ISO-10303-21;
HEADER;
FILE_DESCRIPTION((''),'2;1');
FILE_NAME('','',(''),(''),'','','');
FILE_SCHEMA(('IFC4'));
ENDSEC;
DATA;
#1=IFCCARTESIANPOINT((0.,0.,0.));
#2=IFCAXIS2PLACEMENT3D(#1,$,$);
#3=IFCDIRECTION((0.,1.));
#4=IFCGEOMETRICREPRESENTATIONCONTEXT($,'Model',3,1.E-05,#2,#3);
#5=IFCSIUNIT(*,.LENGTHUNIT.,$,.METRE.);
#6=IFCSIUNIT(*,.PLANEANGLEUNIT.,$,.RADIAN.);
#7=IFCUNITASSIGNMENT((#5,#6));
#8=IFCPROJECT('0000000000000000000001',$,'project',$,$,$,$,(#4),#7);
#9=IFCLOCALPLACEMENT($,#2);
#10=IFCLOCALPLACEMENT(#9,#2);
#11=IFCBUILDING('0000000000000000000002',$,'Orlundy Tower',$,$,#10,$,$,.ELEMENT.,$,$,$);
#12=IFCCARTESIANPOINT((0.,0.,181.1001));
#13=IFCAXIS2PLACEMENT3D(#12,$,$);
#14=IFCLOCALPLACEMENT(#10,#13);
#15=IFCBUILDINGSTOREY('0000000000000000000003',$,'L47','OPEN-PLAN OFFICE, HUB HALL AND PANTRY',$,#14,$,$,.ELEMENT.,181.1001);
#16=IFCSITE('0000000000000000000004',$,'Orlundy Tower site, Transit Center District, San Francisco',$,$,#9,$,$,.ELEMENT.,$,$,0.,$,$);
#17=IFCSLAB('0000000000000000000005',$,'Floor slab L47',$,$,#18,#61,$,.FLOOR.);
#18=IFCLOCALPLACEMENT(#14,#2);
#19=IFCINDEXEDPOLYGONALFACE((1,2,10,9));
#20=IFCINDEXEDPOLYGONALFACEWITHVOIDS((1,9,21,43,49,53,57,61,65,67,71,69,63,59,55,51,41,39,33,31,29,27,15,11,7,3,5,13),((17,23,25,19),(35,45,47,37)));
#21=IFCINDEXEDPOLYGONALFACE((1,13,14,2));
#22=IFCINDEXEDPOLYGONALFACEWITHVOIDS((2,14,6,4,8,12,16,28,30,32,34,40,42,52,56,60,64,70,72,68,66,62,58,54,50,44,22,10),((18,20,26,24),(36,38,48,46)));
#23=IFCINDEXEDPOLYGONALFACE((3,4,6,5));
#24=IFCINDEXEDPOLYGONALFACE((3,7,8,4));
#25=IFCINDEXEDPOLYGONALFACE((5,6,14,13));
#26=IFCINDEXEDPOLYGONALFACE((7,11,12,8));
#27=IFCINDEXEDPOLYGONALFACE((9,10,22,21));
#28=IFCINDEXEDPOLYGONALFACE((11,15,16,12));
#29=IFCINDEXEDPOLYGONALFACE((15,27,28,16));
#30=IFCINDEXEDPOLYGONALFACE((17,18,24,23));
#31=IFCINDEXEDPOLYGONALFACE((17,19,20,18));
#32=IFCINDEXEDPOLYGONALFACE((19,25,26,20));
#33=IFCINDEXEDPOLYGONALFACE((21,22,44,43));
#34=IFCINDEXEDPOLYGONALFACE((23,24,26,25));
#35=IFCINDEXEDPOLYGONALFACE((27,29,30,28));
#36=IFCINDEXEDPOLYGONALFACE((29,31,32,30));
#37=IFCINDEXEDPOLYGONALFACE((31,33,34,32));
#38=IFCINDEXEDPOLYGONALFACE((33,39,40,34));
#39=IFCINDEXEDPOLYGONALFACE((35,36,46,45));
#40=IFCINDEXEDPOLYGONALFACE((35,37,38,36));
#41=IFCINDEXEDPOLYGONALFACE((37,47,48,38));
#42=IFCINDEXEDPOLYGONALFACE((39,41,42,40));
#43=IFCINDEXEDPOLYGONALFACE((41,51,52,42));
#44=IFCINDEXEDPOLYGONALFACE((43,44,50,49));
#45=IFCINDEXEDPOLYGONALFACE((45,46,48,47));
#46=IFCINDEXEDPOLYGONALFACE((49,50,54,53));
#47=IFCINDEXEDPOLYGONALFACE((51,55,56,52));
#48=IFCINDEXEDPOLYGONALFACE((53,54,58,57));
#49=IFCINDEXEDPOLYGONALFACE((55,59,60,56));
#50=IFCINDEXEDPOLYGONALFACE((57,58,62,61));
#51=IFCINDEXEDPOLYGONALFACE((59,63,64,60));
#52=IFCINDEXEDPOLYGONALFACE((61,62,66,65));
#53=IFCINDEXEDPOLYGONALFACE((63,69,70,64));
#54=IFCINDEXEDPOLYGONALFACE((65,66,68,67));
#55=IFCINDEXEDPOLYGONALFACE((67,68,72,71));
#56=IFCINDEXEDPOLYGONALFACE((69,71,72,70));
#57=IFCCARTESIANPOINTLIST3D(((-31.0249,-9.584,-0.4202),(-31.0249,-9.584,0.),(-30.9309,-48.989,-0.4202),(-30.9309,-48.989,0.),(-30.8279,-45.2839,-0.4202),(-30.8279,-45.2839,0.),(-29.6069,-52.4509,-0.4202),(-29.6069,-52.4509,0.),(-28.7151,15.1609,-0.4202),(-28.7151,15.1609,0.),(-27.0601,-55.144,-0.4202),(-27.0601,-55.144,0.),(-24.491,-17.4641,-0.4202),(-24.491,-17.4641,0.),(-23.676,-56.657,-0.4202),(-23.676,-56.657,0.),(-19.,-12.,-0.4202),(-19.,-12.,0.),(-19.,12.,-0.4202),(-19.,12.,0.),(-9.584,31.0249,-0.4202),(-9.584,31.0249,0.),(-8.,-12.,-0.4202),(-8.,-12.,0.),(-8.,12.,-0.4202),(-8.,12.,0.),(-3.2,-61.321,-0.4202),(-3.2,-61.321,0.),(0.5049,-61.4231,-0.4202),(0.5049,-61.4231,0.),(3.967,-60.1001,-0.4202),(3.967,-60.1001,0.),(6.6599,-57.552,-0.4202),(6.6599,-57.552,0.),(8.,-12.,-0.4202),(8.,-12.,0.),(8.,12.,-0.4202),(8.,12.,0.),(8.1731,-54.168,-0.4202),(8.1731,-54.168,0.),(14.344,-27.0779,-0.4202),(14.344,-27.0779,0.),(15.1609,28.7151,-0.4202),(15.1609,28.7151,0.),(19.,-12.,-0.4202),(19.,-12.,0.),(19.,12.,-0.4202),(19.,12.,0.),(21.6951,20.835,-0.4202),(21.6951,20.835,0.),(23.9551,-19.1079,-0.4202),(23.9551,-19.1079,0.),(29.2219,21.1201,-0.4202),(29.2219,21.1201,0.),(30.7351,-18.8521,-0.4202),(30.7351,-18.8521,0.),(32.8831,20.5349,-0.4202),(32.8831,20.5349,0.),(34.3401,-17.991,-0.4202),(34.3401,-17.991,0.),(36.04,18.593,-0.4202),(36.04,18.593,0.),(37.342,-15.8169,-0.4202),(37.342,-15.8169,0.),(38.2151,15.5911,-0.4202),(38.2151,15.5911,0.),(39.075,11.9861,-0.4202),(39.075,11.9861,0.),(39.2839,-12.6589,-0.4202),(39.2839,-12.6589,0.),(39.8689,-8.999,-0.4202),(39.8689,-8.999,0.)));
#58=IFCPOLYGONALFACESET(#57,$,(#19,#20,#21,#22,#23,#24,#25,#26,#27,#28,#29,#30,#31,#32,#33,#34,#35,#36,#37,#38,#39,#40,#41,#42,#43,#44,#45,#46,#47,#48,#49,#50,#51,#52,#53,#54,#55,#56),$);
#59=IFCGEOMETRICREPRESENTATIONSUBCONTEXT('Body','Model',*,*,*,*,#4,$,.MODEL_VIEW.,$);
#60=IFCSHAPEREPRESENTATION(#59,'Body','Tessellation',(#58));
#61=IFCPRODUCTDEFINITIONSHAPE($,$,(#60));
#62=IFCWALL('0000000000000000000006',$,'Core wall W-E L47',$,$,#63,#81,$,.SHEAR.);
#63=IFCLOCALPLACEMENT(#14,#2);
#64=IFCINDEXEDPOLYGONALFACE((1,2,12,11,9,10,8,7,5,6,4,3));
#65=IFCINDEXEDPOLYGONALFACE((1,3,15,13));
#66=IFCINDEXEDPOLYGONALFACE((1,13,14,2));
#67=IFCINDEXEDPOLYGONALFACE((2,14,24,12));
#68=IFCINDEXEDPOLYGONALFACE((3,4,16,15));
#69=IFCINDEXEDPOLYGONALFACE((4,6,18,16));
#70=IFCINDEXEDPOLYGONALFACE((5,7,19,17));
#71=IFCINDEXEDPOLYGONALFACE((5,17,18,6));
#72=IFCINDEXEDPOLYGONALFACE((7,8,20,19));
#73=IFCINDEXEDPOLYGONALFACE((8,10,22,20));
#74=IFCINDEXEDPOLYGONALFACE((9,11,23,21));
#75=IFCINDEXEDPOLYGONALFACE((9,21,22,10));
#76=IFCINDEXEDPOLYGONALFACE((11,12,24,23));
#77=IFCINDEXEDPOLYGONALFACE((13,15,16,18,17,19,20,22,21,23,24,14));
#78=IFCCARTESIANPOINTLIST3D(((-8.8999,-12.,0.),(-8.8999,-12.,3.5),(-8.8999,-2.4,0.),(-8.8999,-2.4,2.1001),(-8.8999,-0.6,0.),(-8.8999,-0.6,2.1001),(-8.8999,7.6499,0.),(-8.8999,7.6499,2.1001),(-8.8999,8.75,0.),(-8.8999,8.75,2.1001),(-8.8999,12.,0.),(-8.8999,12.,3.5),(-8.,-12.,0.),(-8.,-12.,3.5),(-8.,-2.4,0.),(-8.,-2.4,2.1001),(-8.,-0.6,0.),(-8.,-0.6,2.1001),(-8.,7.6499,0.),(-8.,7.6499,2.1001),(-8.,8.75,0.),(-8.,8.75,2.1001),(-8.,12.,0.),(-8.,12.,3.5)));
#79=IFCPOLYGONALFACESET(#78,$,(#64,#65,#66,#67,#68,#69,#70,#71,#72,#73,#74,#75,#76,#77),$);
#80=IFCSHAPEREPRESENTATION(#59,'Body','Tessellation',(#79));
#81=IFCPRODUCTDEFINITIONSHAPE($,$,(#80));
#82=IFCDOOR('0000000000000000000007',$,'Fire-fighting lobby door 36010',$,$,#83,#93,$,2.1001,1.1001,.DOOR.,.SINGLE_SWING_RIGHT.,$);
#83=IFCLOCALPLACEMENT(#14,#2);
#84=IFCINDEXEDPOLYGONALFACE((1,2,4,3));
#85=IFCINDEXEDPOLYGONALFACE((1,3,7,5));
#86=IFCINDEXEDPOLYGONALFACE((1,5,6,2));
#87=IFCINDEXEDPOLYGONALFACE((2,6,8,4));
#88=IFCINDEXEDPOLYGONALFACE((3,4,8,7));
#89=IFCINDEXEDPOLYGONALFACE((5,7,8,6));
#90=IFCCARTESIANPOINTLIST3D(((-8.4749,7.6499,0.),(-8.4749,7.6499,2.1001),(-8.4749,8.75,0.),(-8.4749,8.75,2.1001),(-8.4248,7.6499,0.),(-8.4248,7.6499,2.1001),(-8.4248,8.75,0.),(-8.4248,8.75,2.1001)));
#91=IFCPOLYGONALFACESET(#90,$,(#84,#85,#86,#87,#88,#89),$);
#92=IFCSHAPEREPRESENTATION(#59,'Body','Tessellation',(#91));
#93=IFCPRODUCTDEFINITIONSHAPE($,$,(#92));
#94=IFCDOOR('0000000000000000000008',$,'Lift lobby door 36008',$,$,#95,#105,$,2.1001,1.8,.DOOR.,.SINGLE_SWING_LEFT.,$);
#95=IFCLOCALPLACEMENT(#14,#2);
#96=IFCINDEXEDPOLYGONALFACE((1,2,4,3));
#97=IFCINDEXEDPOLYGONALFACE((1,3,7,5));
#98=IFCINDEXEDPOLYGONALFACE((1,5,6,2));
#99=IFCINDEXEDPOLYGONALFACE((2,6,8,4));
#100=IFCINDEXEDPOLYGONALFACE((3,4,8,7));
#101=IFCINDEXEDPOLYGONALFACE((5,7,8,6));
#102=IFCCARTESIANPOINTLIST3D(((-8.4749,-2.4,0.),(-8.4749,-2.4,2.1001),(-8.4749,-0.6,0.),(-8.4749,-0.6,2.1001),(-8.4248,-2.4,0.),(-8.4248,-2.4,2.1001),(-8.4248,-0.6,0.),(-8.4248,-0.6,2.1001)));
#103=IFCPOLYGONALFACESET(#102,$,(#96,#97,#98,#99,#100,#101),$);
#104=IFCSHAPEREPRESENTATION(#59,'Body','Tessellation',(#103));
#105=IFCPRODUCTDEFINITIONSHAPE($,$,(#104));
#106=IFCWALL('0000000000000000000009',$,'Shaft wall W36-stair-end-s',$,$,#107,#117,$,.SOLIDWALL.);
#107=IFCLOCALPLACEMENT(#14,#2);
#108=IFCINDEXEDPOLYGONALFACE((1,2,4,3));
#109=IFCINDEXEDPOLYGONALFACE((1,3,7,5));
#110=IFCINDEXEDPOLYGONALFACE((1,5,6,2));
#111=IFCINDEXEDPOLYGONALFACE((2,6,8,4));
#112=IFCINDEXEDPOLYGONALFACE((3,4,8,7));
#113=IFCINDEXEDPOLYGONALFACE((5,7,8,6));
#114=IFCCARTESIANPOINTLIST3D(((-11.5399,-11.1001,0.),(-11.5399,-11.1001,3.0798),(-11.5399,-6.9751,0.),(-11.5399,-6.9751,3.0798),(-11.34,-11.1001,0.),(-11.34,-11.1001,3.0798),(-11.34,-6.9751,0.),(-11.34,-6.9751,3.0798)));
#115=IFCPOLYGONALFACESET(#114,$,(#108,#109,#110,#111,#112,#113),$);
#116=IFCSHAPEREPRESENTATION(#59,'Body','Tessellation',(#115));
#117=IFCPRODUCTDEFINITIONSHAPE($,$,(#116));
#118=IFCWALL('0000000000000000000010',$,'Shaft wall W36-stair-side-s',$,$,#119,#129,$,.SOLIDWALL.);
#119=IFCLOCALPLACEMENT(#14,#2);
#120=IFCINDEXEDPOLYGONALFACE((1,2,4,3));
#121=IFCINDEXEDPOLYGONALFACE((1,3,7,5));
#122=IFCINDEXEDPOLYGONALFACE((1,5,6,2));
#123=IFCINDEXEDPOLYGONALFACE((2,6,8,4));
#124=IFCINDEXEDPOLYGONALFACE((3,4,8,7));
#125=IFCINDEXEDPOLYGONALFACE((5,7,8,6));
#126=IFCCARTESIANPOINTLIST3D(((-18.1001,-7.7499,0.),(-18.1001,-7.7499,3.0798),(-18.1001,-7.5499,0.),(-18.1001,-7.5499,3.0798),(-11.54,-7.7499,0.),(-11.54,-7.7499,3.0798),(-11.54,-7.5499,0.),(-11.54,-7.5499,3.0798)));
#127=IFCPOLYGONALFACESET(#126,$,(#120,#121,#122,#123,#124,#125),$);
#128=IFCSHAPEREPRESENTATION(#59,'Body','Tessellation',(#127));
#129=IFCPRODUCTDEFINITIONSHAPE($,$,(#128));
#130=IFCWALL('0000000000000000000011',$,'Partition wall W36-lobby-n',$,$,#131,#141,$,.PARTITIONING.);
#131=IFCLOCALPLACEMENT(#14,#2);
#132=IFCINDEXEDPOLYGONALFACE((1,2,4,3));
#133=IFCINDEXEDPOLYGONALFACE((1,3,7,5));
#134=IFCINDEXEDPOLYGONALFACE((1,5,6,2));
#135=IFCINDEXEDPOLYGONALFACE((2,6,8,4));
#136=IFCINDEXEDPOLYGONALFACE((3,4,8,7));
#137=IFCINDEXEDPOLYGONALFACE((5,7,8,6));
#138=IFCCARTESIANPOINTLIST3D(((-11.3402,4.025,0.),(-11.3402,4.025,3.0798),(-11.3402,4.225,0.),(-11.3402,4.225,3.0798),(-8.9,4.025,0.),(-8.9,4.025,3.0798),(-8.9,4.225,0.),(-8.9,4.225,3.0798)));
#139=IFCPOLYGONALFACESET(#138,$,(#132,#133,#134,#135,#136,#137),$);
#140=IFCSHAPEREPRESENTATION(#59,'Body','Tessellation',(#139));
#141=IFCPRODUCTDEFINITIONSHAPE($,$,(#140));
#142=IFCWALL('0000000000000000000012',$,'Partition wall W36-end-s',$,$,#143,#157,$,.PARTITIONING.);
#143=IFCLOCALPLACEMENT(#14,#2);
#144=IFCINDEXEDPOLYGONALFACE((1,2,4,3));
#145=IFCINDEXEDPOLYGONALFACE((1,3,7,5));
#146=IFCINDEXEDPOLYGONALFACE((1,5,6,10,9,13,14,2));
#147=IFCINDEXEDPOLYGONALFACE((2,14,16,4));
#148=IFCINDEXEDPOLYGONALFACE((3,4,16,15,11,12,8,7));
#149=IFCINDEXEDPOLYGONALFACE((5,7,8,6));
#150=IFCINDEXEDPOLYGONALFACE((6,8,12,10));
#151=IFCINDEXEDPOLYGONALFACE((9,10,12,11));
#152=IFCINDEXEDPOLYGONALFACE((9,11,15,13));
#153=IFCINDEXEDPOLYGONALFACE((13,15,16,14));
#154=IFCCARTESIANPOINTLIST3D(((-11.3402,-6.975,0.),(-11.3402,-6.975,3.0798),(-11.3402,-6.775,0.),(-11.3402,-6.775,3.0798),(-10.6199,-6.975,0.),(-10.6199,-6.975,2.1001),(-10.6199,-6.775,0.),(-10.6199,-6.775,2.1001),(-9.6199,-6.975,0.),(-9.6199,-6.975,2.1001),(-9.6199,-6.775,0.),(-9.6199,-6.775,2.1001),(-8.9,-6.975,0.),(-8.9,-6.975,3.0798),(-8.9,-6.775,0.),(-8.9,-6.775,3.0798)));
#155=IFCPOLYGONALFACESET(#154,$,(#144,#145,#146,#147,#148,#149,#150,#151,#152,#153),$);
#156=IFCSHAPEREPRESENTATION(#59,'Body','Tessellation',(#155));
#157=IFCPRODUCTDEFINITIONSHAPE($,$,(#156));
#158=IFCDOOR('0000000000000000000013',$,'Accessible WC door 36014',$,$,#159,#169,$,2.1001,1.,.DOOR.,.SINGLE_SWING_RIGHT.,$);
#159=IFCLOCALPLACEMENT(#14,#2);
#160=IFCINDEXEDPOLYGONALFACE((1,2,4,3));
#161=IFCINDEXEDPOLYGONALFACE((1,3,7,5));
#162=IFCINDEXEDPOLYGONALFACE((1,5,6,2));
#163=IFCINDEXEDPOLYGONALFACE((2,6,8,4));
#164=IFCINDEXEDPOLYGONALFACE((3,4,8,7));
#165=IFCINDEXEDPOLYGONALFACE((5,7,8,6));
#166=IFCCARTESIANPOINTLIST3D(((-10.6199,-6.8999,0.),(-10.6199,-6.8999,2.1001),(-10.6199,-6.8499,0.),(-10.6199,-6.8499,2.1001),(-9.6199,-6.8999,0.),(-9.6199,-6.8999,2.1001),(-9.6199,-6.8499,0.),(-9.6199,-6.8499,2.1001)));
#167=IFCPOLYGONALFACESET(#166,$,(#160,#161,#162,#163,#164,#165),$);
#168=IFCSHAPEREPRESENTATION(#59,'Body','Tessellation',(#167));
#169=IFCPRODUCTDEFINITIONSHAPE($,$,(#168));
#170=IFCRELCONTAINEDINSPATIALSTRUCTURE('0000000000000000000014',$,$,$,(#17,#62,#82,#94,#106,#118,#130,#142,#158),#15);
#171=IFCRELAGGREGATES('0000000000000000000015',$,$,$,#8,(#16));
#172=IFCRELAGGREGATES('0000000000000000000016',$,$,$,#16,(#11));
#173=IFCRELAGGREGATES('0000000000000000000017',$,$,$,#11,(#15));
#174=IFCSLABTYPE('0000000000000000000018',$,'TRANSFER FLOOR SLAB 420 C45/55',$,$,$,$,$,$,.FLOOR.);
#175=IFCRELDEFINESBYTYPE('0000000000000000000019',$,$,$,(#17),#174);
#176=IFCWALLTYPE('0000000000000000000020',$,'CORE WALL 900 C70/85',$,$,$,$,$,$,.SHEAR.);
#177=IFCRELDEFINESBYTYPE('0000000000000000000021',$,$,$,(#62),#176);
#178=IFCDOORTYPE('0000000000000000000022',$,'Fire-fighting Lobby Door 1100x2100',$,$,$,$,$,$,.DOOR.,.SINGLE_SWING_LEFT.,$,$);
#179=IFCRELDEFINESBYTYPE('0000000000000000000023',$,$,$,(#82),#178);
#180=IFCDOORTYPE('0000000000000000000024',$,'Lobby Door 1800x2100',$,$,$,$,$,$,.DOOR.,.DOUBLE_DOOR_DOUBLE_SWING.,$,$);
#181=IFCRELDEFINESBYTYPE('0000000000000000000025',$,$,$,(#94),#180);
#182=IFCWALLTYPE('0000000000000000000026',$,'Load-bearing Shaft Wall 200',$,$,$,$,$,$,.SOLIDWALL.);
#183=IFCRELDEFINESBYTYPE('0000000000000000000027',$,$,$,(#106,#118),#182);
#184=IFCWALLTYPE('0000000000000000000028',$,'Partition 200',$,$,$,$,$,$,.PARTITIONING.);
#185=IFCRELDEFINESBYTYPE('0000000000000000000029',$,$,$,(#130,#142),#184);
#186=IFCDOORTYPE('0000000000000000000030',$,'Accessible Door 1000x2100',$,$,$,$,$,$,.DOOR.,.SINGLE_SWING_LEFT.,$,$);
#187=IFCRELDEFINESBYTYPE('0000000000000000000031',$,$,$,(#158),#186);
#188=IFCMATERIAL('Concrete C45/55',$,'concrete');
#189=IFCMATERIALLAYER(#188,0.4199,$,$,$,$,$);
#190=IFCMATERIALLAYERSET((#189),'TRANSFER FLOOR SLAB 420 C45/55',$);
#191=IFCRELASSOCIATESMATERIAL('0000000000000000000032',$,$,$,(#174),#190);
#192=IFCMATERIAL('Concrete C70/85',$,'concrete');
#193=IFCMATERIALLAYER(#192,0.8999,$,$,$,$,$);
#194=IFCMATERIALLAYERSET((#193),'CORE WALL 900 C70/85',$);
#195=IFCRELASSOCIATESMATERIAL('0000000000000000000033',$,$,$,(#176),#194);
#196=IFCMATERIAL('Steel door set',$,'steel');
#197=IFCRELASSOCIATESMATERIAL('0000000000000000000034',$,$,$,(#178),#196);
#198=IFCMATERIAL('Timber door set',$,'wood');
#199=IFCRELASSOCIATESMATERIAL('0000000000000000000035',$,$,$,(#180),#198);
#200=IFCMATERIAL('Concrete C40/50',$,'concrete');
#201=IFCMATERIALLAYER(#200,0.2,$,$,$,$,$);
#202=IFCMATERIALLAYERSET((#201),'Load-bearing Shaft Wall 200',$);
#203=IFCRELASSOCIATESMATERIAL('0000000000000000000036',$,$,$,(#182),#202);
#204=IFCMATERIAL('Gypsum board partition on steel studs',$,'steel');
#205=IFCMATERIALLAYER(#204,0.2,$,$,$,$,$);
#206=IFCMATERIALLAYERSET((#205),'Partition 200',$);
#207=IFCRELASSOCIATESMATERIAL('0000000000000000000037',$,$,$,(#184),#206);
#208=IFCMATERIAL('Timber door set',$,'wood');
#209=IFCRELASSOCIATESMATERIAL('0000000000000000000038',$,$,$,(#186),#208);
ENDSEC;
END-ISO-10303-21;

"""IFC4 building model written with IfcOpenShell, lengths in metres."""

from ifc_helpers import new_model, si_unit, direction, frame, frame_2d, origin, place, context, subcontext, project, spatial, polyline, rectangle, outline, extrude, material, layer, layer_set, type_object, element, fill, save


model = new_model("IFC4")

# Units and contexts
model_context = context("Model", 3, precision=1e-05, world=origin(), true_north=direction((0.0, 1.0)))
body_context = subcontext(model_context, "Body", "Model", "MODEL_VIEW")
ifc_project = project(units=[si_unit("LENGTHUNIT", "METRE"), si_unit("PLANEANGLEUNIT", "RADIAN")], contexts=[model_context])

# Site, building, storey
site_placement = place(None, origin())
site = spatial("IfcSite", under=ifc_project, at=site_placement, Name="Orlundy Tower site, Transit Center District, San Francisco", CompositionType="ELEMENT", RefElevation=0.0)
building_placement = place(site_placement, origin())
building = spatial("IfcBuilding", under=site, at=building_placement, Name="Orlundy Tower", CompositionType="ELEMENT")
storey_placement = place(building_placement, frame((0.0, 0.0, 181.1001)))
storey = spatial("IfcBuildingStorey", under=building, at=storey_placement, Name="L47", Description="OPEN-PLAN OFFICE, HUB HALL AND PANTRY", CompositionType="ELEMENT", Elevation=181.1001)

# Slab
ifc_material_1 = material(Name="Concrete C45/55", Category="concrete")
ifc_layer_1 = layer(ifc_material_1, 0.4199)
ifc_layer_set_1 = layer_set([ifc_layer_1], Name="TRANSFER FLOOR SLAB 420 C45/55")
slab_type_1 = type_object("IfcSlabType", Name="TRANSFER FLOOR SLAB 420 C45/55", PredefinedType="FLOOR", material=ifc_layer_set_1)
slab_1_placement = place(storey_placement, frame((0.0, 0.0, -0.4202)))
element("IfcSlab", 1, at=slab_1_placement, inside=storey, type_object=slab_type_1, Name="Floor slab L47", PredefinedType="FLOOR", context=body_context, shape_type="SweptSolid", body=[
    extrude(outline(polyline([(-24.491, -17.4641), (-31.0249, -9.584), (-28.7151, 15.1609), (-9.584, 31.0249), (15.1609, 28.7151), (21.6951, 20.835), (29.2219, 21.1201), (32.8831, 20.5349), (36.04, 18.593), (38.2151, 15.5911), (39.075, 11.9861), (39.8689, -8.999), (39.2839, -12.6589), (37.342, -15.8169), (34.3401, -17.991), (30.7351, -18.8521), (23.9551, -19.1079), (14.344, -27.0779), (8.1731, -54.168), (6.6599, -57.552), (3.967, -60.1001), (0.5049, -61.4231), (-3.2, -61.321), (-23.676, -56.657), (-27.0601, -55.144), (-29.6069, -52.4509), (-30.9309, -48.989), (-30.8279, -45.2839), (-24.491, -17.4641)]), holes=[polyline([(-8.0, -12.0), (-8.0, 12.0), (-19.0, 12.0), (-19.0, -12.0), (-8.0, -12.0)]), polyline([(19.0, -12.0), (19.0, 12.0), (8.0, 12.0), (8.0, -12.0), (19.0, -12.0)])]), origin(), (0.0, 0.0, 1.0), 0.4202),
])

# Wall, openings, doors
ifc_material_2 = material(Name="Concrete C70/85", Category="concrete")
ifc_layer_2 = layer(ifc_material_2, 0.8999)
ifc_layer_set_2 = layer_set([ifc_layer_2], Name="CORE WALL 900 C70/85")
wall_type_1 = type_object("IfcWallType", Name="CORE WALL 900 C70/85", PredefinedType="SHEAR", material=ifc_layer_set_2)
wall_1_placement = place(storey_placement, frame((-8.45, -12.0, 0.0), z_axis=(0.0, 0.0, 1.0), x_axis=(0.0, 1.0, 0.0)))
wall_1 = element("IfcWall", 2, at=wall_1_placement, inside=storey, type_object=wall_type_1, Name="Core wall W-E L47", PredefinedType="SHEAR", context=body_context, shape_type="SweptSolid", body=[
    extrude(rectangle(XDim=24.0, YDim=0.8999, at=frame_2d((12.0, 0.0))), origin(), (0.0, 0.0, 1.0), 3.5),
])
opening_1_placement = place(wall_1_placement, frame((9.6001, 0.0, 0.0)))
opening_1 = element("IfcOpeningElement", 3, at=opening_1_placement, cuts=wall_1, PredefinedType="OPENING", context=body_context, shape_type="SweptSolid", body=[
    extrude(rectangle(XDim=1.8, YDim=2.1001, at=frame_2d((0.8999, 1.05))), frame((0.0, 0.46, 0.0), z_axis=(0.0, -1.0, 0.0), x_axis=(1.0, 0.0, 0.0)), (0.0, 0.0, 1.0), 0.9199),
])
opening_2_placement = place(wall_1_placement, frame((19.6499, 0.0, 0.0)))
opening_2 = element("IfcOpeningElement", 4, at=opening_2_placement, cuts=wall_1, PredefinedType="OPENING", context=body_context, shape_type="SweptSolid", body=[
    extrude(rectangle(XDim=1.1001, YDim=2.1001, at=frame_2d((0.55, 1.05))), frame((0.0, 0.46, 0.0), z_axis=(0.0, -1.0, 0.0), x_axis=(1.0, 0.0, 0.0)), (0.0, 0.0, 1.0), 0.9199),
])
ifc_material_3 = material(Name="Steel door set", Category="steel")
door_type_1 = type_object("IfcDoorType", Name="Fire-fighting Lobby Door 1100x2100", OperationType="SINGLE_SWING_LEFT", PredefinedType="DOOR", material=ifc_material_3)
door_1_placement = place(opening_2_placement, origin())
door_1 = element("IfcDoor", 5, at=door_1_placement, inside=storey, type_object=door_type_1, Name="Fire-fighting lobby door 36010", OperationType="SINGLE_SWING_RIGHT", OverallHeight=2.1001, OverallWidth=1.1001, PredefinedType="DOOR", context=body_context, shape_type="SweptSolid", body=[
    extrude(rectangle(XDim=1.1001, YDim=2.1001, at=frame_2d((0.55, 1.05))), frame((0.0, 0.0249, 0.0), z_axis=(0.0, -1.0, 0.0), x_axis=(1.0, 0.0, 0.0)), (0.0, 0.0, 1.0), 0.05),
])
fill(opening_2, door_1)
ifc_material_4 = material(Name="Timber door set", Category="wood")
door_type_2 = type_object("IfcDoorType", Name="Lobby Door 1800x2100", OperationType="DOUBLE_DOOR_DOUBLE_SWING", PredefinedType="DOOR", material=ifc_material_4)
door_2_placement = place(opening_1_placement, origin())
door_2 = element("IfcDoor", 6, at=door_2_placement, inside=storey, type_object=door_type_2, Name="Lift lobby door 36008", OperationType="SINGLE_SWING_LEFT", OverallHeight=2.1001, OverallWidth=1.8, PredefinedType="DOOR", context=body_context, shape_type="SweptSolid", body=[
    extrude(rectangle(XDim=1.8, YDim=2.1001, at=frame_2d((0.8999, 1.05))), frame((0.0, 0.0249, 0.0), z_axis=(0.0, -1.0, 0.0), x_axis=(1.0, 0.0, 0.0)), (0.0, 0.0, 1.0), 0.05),
])
fill(opening_1, door_2)

# Walls
ifc_material_5 = material(Name="Concrete C40/50", Category="concrete")
ifc_layer_3 = layer(ifc_material_5, 0.2)
ifc_layer_set_3 = layer_set([ifc_layer_3], Name="Load-bearing Shaft Wall 200")
wall_type_2 = type_object("IfcWallType", Name="Load-bearing Shaft Wall 200", PredefinedType="SOLIDWALL", material=ifc_layer_set_3)
wall_2_placement = place(storey_placement, frame((-11.4399, -11.1001, 0.0), z_axis=(0.0, 0.0, 1.0), x_axis=(0.0, 1.0, 0.0)))
element("IfcWall", 7, at=wall_2_placement, inside=storey, type_object=wall_type_2, Name="Shaft wall W36-stair-end-s", PredefinedType="SOLIDWALL", context=body_context, shape_type="SweptSolid", body=[
    extrude(rectangle(XDim=4.125, YDim=0.2, at=frame_2d((2.0625, 0.0))), origin(), (0.0, 0.0, 1.0), 3.0798),
])
wall_3_placement = place(storey_placement, frame((-11.54, -7.6499, 0.0), z_axis=(0.0, 0.0, 1.0), x_axis=(-1.0, 0.0, 0.0)))
element("IfcWall", 8, at=wall_3_placement, inside=storey, type_object=wall_type_2, Name="Shaft wall W36-stair-side-s", PredefinedType="SOLIDWALL", context=body_context, shape_type="SweptSolid", body=[
    extrude(rectangle(XDim=6.5601, YDim=0.2, at=frame_2d((3.28, 0.0))), origin(), (0.0, 0.0, 1.0), 3.0798),
])
ifc_material_6 = material(Name="Gypsum board partition on steel studs", Category="steel")
ifc_layer_4 = layer(ifc_material_6, 0.2)
ifc_layer_set_4 = layer_set([ifc_layer_4], Name="Partition 200")
wall_type_3 = type_object("IfcWallType", Name="Partition 200", PredefinedType="PARTITIONING", material=ifc_layer_set_4)
wall_4_placement = place(storey_placement, frame((-8.8999, 4.125, 0.0), z_axis=(0.0, 0.0, 1.0), x_axis=(-1.0, 0.0, 0.0)))
element("IfcWall", 9, at=wall_4_placement, inside=storey, type_object=wall_type_3, Name="Partition wall W36-lobby-n", PredefinedType="PARTITIONING", context=body_context, shape_type="SweptSolid", body=[
    extrude(rectangle(XDim=2.4402, YDim=0.2, at=frame_2d((1.2202, 0.0))), origin(), (0.0, 0.0, 1.0), 3.0798),
])

# Wall, opening, door
wall_5_placement = place(storey_placement, frame((-8.8999, -6.875, 0.0), z_axis=(0.0, 0.0, 1.0), x_axis=(-1.0, 0.0, 0.0)))
wall_5 = element("IfcWall", 10, at=wall_5_placement, inside=storey, type_object=wall_type_3, Name="Partition wall W36-end-s", PredefinedType="PARTITIONING", context=body_context, shape_type="SweptSolid", body=[
    extrude(rectangle(XDim=2.4402, YDim=0.2, at=frame_2d((1.2202, 0.0))), origin(), (0.0, 0.0, 1.0), 3.0798),
])
opening_3_placement = place(wall_5_placement, frame((0.72, 0.0, 0.0)))
opening_3 = element("IfcOpeningElement", 11, at=opening_3_placement, cuts=wall_5, PredefinedType="OPENING", context=body_context, shape_type="SweptSolid", body=[
    extrude(rectangle(XDim=1.0, YDim=2.1001, at=frame_2d((0.5, 1.05))), frame((0.0, 0.1101, 0.0), z_axis=(0.0, -1.0, 0.0), x_axis=(1.0, 0.0, 0.0)), (0.0, 0.0, 1.0), 0.2202),
])
ifc_material_7 = material(Name="Timber door set", Category="wood")
door_type_3 = type_object("IfcDoorType", Name="Accessible Door 1000x2100", OperationType="SINGLE_SWING_LEFT", PredefinedType="DOOR", material=ifc_material_7)
door_3_placement = place(opening_3_placement, origin())
door_3 = element("IfcDoor", 12, at=door_3_placement, inside=storey, type_object=door_type_3, Name="Accessible WC door 36014", OperationType="SINGLE_SWING_RIGHT", OverallHeight=2.1001, OverallWidth=1.0, PredefinedType="DOOR", context=body_context, shape_type="SweptSolid", body=[
    extrude(rectangle(XDim=1.0, YDim=2.1001, at=frame_2d((0.5, 1.05))), frame((0.0, 0.0249, 0.0), z_axis=(0.0, -1.0, 0.0), x_axis=(1.0, 0.0, 0.0)), (0.0, 0.0, 1.0), 0.05),
])
fill(opening_3, door_3)

save(model, "model.ifc")
